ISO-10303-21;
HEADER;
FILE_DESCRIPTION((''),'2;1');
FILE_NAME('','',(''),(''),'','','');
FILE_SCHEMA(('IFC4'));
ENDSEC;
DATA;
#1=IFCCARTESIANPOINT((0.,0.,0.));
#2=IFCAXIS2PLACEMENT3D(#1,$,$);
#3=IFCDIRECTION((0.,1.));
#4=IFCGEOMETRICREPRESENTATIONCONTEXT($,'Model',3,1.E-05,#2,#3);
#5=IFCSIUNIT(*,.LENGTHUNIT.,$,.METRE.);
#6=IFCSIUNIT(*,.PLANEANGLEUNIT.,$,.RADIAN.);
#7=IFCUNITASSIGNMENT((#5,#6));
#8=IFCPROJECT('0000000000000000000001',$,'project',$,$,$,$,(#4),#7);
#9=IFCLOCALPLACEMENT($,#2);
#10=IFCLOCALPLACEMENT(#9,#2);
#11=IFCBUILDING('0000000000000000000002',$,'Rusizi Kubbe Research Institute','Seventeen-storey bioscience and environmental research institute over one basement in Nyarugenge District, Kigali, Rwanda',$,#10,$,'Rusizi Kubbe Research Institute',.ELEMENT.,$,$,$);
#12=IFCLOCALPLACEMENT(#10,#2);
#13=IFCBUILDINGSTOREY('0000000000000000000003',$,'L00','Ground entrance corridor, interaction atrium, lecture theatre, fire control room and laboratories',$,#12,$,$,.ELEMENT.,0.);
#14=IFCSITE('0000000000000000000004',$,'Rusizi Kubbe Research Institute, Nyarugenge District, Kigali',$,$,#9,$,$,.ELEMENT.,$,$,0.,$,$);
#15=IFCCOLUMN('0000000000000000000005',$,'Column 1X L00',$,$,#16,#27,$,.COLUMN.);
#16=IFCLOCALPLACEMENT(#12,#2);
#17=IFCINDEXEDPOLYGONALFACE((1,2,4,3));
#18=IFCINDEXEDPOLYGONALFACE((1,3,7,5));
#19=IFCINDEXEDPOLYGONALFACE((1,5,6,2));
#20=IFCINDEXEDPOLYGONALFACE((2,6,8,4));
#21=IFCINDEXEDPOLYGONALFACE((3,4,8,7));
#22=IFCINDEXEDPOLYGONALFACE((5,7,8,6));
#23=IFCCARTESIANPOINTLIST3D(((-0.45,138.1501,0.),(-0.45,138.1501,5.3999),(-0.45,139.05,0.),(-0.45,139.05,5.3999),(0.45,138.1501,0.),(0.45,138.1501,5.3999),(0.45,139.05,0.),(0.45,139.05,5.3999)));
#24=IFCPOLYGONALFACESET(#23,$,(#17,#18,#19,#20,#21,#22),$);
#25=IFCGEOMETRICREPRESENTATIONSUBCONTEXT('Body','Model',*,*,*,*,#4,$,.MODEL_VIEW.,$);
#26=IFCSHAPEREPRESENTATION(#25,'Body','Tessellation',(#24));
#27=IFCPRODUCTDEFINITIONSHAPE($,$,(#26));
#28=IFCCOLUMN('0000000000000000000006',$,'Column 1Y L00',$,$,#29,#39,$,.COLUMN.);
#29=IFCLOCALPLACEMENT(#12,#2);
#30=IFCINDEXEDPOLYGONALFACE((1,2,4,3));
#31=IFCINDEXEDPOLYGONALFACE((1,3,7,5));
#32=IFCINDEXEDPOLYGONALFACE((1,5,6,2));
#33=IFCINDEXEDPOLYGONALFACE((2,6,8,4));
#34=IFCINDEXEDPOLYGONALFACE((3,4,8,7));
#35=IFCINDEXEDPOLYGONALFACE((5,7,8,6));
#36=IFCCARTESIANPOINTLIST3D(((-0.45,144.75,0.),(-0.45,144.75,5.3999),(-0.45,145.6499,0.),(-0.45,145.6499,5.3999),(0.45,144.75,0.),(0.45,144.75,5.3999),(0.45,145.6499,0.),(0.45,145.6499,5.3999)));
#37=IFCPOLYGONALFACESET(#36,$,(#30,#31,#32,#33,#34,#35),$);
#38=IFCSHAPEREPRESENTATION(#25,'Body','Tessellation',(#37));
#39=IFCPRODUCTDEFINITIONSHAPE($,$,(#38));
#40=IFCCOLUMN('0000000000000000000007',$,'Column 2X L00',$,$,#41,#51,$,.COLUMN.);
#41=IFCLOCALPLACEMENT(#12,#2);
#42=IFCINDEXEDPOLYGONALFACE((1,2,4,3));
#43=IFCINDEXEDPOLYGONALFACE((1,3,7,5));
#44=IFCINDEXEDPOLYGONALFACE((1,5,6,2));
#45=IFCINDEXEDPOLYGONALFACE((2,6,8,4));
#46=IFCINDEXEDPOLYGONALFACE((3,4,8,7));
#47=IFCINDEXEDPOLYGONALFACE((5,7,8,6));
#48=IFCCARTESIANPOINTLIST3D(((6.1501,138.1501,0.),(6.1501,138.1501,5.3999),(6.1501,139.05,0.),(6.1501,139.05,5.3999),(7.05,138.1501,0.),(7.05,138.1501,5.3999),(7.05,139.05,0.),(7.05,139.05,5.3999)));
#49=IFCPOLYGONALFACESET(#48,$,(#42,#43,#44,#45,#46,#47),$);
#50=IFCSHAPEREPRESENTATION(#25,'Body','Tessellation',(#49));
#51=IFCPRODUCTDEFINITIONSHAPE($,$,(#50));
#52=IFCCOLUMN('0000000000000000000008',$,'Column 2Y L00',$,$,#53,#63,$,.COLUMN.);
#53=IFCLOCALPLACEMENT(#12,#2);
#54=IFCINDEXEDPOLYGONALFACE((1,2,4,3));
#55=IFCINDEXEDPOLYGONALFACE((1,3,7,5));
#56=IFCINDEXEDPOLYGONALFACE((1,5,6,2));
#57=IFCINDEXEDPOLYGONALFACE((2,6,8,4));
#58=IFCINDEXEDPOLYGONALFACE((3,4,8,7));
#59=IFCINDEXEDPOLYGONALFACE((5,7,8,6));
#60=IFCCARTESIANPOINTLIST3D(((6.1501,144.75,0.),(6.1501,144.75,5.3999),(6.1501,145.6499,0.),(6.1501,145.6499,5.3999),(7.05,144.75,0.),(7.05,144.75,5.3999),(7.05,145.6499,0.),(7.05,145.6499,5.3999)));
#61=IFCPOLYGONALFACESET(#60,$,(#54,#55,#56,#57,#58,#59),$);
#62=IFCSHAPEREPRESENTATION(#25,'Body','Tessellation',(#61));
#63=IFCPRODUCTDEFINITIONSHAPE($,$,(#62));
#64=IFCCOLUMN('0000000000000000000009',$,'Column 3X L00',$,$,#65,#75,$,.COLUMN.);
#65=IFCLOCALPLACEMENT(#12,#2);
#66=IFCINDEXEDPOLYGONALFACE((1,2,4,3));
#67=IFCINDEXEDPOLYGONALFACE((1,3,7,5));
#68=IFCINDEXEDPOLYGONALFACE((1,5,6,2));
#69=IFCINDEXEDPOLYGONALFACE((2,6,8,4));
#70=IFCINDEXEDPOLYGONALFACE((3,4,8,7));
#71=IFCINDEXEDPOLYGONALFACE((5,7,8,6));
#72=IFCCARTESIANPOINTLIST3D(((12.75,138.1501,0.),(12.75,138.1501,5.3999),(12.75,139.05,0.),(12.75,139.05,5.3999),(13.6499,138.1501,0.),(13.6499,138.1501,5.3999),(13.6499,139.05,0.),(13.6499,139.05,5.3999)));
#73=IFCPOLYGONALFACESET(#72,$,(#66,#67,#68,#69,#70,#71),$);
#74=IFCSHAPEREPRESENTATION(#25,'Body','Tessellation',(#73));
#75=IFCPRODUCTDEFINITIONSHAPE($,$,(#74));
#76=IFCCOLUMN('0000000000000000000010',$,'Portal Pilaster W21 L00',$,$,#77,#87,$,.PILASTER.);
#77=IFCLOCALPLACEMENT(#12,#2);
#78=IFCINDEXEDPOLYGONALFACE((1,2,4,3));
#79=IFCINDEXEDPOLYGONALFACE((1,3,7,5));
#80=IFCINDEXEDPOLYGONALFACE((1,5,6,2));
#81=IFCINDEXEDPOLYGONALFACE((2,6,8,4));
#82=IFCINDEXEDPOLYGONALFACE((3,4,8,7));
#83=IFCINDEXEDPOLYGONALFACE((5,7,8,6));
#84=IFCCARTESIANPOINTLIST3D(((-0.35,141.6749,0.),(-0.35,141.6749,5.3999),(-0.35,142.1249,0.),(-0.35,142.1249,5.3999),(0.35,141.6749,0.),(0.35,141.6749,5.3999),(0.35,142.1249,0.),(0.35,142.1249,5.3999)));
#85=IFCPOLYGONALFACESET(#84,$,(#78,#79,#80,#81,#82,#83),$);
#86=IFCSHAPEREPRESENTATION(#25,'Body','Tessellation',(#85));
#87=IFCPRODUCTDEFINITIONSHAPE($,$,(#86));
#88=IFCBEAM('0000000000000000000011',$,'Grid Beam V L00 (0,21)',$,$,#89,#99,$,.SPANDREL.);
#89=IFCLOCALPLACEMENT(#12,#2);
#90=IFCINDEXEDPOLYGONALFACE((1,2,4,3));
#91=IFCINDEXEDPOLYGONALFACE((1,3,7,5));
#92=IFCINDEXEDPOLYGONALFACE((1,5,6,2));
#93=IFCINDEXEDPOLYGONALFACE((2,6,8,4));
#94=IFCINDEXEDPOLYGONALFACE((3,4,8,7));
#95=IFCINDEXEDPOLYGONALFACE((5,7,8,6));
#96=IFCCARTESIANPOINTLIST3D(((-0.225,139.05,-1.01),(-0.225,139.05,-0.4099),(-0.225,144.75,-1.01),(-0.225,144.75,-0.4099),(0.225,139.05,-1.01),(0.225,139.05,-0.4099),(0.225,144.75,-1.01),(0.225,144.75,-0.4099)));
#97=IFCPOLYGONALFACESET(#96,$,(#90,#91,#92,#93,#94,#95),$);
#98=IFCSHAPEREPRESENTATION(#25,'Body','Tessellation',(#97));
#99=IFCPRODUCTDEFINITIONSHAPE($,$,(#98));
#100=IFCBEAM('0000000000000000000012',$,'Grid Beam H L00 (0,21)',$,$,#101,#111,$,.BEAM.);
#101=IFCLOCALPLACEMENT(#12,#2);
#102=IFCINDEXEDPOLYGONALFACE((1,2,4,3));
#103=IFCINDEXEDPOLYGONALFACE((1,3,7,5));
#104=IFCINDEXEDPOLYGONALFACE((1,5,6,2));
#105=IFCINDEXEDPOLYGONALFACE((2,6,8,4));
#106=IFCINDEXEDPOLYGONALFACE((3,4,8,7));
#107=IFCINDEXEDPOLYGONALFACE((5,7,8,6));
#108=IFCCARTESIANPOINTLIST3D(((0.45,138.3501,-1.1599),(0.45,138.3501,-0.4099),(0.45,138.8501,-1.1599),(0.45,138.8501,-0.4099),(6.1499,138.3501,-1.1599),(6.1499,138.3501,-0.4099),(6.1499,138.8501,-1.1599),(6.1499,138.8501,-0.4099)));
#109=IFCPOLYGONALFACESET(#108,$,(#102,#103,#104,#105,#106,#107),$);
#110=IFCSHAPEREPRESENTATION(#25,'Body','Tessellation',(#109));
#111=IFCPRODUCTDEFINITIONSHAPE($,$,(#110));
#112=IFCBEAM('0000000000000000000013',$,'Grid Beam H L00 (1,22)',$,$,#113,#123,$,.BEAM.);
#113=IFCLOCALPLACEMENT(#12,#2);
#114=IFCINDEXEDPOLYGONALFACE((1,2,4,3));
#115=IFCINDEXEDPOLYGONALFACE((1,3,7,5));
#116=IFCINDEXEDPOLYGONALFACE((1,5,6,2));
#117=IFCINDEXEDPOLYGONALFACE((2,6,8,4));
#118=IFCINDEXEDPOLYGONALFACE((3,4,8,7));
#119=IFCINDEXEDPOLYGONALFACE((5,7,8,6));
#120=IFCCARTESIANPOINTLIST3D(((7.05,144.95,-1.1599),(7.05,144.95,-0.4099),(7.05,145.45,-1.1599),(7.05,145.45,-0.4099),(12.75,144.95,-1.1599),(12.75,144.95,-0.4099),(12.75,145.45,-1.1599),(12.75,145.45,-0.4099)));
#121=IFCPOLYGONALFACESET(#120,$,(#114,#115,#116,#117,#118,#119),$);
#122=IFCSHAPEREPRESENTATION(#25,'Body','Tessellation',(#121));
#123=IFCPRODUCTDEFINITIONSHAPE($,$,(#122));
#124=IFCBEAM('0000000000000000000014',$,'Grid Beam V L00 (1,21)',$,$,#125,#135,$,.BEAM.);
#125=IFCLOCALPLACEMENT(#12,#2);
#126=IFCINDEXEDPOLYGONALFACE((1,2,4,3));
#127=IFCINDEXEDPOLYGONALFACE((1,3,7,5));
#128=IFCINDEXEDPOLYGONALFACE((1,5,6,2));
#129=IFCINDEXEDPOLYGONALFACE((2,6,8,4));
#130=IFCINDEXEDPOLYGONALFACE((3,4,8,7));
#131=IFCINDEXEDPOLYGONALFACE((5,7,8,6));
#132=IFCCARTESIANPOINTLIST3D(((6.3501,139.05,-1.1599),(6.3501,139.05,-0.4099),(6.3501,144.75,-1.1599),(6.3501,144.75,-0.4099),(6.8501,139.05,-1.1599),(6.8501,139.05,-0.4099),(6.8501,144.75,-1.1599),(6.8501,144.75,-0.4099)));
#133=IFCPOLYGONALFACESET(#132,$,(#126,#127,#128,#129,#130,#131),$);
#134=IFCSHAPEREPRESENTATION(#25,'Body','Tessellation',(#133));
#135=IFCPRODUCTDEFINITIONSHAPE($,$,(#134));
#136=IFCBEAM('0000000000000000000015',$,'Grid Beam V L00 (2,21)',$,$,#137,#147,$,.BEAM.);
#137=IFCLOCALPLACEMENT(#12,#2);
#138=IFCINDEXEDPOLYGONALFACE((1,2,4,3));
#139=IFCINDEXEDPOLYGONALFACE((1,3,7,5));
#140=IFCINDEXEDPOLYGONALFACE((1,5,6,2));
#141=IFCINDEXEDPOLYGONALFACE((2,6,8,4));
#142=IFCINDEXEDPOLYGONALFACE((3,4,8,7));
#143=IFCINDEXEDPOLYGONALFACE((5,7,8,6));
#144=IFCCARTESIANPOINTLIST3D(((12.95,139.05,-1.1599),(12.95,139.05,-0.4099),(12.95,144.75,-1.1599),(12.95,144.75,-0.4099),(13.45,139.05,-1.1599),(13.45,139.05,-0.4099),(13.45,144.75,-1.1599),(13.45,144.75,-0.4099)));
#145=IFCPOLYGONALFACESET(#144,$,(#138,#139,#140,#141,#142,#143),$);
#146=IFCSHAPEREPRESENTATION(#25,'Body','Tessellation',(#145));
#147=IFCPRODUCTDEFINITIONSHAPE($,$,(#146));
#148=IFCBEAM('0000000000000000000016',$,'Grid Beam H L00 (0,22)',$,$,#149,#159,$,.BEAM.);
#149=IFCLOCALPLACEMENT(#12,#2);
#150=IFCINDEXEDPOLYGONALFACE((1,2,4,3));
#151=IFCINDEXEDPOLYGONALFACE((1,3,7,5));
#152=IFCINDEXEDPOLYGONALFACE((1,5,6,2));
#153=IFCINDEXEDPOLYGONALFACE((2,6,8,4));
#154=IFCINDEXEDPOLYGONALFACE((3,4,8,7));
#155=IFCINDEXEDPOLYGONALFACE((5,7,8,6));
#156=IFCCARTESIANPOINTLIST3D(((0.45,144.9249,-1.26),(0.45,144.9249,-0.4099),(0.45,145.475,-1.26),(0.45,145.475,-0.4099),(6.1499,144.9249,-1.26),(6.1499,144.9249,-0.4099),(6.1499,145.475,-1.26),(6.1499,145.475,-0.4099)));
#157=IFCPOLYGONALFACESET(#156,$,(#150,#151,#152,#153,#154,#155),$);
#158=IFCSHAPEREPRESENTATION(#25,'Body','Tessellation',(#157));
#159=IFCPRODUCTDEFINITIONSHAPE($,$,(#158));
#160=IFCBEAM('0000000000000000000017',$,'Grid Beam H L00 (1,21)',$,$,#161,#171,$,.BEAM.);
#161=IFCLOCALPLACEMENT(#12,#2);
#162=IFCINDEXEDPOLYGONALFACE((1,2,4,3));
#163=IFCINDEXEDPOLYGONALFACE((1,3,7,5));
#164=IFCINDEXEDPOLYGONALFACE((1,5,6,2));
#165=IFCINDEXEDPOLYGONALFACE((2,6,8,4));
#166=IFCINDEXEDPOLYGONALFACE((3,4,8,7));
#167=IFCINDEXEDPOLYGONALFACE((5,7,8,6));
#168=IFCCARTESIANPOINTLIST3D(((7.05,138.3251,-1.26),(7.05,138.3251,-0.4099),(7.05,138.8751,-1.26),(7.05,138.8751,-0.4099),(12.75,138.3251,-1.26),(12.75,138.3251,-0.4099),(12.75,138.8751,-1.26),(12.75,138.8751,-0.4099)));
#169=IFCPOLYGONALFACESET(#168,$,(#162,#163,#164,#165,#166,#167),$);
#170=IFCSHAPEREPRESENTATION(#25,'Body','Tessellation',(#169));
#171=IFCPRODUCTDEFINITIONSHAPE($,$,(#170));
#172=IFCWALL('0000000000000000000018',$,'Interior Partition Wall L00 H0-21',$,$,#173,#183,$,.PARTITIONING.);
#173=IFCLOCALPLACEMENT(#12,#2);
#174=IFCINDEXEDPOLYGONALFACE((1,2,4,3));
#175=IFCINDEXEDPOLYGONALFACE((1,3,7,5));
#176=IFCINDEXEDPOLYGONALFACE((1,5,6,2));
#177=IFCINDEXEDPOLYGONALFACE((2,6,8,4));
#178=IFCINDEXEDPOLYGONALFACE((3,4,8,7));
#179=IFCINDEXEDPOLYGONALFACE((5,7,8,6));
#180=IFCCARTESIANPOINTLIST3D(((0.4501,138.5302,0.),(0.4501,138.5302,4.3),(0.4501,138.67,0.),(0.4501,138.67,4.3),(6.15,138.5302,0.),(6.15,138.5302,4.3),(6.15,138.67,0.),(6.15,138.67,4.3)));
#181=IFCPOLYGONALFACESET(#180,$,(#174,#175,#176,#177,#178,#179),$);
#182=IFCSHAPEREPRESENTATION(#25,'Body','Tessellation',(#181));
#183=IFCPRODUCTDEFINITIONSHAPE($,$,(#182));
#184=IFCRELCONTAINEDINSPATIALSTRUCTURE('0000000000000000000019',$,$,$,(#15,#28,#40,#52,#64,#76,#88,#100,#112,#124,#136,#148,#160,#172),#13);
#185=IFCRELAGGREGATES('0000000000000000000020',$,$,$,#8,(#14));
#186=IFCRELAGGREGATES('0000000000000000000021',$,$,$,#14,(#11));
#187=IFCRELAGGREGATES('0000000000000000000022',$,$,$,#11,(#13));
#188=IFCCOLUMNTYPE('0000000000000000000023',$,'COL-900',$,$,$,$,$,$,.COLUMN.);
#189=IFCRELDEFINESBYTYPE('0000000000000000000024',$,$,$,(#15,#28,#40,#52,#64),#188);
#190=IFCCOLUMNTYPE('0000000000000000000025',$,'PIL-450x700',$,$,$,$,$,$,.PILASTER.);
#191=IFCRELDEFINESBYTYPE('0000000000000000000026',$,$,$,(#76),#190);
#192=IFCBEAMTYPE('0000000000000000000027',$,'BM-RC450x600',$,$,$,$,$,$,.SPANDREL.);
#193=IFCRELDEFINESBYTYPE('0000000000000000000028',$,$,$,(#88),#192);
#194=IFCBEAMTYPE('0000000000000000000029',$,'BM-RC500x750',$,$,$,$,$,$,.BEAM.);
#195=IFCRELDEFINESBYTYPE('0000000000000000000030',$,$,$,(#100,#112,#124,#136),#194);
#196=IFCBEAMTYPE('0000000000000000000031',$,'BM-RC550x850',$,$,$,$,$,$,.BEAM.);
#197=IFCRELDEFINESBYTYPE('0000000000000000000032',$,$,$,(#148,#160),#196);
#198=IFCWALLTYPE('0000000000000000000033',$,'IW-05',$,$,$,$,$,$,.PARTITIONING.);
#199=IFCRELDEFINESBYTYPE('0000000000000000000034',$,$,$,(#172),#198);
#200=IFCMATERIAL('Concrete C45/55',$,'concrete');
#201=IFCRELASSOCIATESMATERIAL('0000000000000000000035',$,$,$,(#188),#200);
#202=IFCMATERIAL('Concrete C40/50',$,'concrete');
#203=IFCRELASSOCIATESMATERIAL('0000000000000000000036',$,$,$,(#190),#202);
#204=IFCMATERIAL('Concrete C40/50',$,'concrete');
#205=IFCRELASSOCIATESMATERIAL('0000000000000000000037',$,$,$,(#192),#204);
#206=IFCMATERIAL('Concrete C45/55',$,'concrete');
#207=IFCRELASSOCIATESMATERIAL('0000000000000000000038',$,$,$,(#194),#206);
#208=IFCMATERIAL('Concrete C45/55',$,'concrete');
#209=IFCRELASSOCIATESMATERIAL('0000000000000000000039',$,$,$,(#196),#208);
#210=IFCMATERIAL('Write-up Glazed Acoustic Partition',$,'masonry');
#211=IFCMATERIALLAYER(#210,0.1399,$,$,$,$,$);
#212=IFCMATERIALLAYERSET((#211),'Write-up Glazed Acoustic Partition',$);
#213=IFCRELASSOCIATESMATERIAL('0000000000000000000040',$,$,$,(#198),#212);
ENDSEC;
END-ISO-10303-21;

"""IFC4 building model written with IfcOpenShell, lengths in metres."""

from ifc_helpers import new_model, si_unit, direction, frame, frame_2d, origin, origin_2d, place, context, subcontext, project, spatial, rectangle, extrude, material, layer, layer_set, material_profile, profile_set, type_object, element, save


model = new_model("IFC4")

# Units and contexts
model_context = context("Model", 3, precision=1e-05, world=origin(), true_north=direction((0.0, 1.0)))
body_context = subcontext(model_context, "Body", "Model", "MODEL_VIEW")
ifc_project = project(units=[si_unit("LENGTHUNIT", "METRE"), si_unit("PLANEANGLEUNIT", "RADIAN")], contexts=[model_context])

# Site, building, storey
site_placement = place(None, origin())
site = spatial("IfcSite", under=ifc_project, at=site_placement, Name="Rusizi Kubbe Research Institute, Nyarugenge District, Kigali", CompositionType="ELEMENT", RefElevation=0.0)
building_placement = place(site_placement, origin())
building = spatial("IfcBuilding", under=site, at=building_placement, Name="Rusizi Kubbe Research Institute", Description="Seventeen-storey bioscience and environmental research institute over one basement in Nyarugenge District, Kigali, Rwanda", LongName="Rusizi Kubbe Research Institute", CompositionType="ELEMENT")
storey_placement = place(building_placement, origin())
storey = spatial("IfcBuildingStorey", under=building, at=storey_placement, Name="L00", Description="Ground entrance corridor, interaction atrium, lecture theatre, fire control room and laboratories", CompositionType="ELEMENT", Elevation=0.0)

# Columns
ifc_material_1 = material(Name="Concrete C45/55", Category="concrete")
ifc_material_profile_1 = material_profile(ifc_material_1, rectangle(XDim=0.8999, YDim=0.8999, at=origin_2d()), Name="RC900x900")
ifc_profile_set_1 = profile_set([ifc_material_profile_1], Name="Concrete C45/55")
column_type_1 = type_object("IfcColumnType", Name="COL-900", PredefinedType="COLUMN", material=ifc_profile_set_1)
for number, where, z_axis, x_axis, name in (
    (1, (0.0, 138.6001, 0.0), (0.0, 0.0, 1.0), (1.0, 0.0, 0.0), "Column 1X L00"),
    (2, (0.0, 145.2, 0.0), (0.0, 0.0, 1.0), (1.0, 0.0, 0.0), "Column 1Y L00"),
    (3, (6.6001, 138.6001, 0.0), (0.0, 0.0, 1.0), (1.0, 0.0, 0.0), "Column 2X L00"),
    (4, (6.6001, 145.2, 0.0), (0.0, 0.0, 1.0), (1.0, 0.0, 0.0), "Column 2Y L00"),
    (5, (13.2, 138.6001, 0.0), (0.0, 0.0, 1.0), (1.0, 0.0, 0.0), "Column 3X L00"),
):
    element("IfcColumn", number, at=place(storey_placement, frame(where, z_axis=z_axis, x_axis=x_axis)), inside=storey, type_object=column_type_1, Name=name, PredefinedType="COLUMN", context=body_context, shape_type="SweptSolid", body=[
        extrude(rectangle(XDim=0.8999, YDim=0.8999, at=origin_2d()), origin(), (0.0, 0.0, 1.0), 5.3999),
    ])
ifc_material_2 = material(Name="Concrete C40/50", Category="concrete")
ifc_material_profile_2 = material_profile(ifc_material_2, rectangle(XDim=0.45, YDim=0.7, at=origin_2d()), Name="RC450x700")
ifc_profile_set_2 = profile_set([ifc_material_profile_2], Name="Concrete C40/50")
column_type_2 = type_object("IfcColumnType", Name="PIL-450x700", PredefinedType="PILASTER", material=ifc_profile_set_2)
column_placement = place(storey_placement, frame((0.0, 141.8999, 0.0), z_axis=(0.0, 0.0, 1.0), x_axis=(0.0, 1.0, 0.0)))
element("IfcColumn", 6, at=column_placement, inside=storey, type_object=column_type_2, Name="Portal Pilaster W21 L00", PredefinedType="PILASTER", context=body_context, shape_type="SweptSolid", body=[
    extrude(rectangle(XDim=0.45, YDim=0.7, at=origin_2d()), origin(), (0.0, 0.0, 1.0), 5.3999),
])

# Beams
ifc_material_3 = material(Name="Concrete C40/50", Category="concrete")
ifc_material_profile_3 = material_profile(ifc_material_3, rectangle(XDim=0.45, YDim=0.6001, at=origin_2d()), Name="RC450x600")
ifc_profile_set_3 = profile_set([ifc_material_profile_3], Name="Concrete C40/50")
beam_type_1 = type_object("IfcBeamType", Name="BM-RC450x600", PredefinedType="SPANDREL", material=ifc_profile_set_3)
beam_placement = place(storey_placement, frame((0.0, 139.05, -0.71), z_axis=(0.0, 1.0, 0.0), x_axis=(-1.0, 0.0, 0.0)))
element("IfcBeam", 7, at=beam_placement, inside=storey, type_object=beam_type_1, Name="Grid Beam V L00 (0,21)", PredefinedType="SPANDREL", context=body_context, shape_type="SweptSolid", body=[
    extrude(rectangle(XDim=0.45, YDim=0.6001, at=origin_2d()), origin(), (0.0, 0.0, 1.0), 5.7),
])
ifc_material_4 = material(Name="Concrete C45/55", Category="concrete")
ifc_material_profile_4 = material_profile(ifc_material_4, rectangle(XDim=0.5, YDim=0.75, at=origin_2d()), Name="RC500x750B")
ifc_profile_set_4 = profile_set([ifc_material_profile_4], Name="Concrete C45/55")
beam_type_2 = type_object("IfcBeamType", Name="BM-RC500x750", PredefinedType="BEAM", material=ifc_profile_set_4)
for number, where, z_axis, x_axis, name in (
    (8, (0.45, 138.6001, -0.7849), (1.0, 0.0, 0.0), (0.0, 1.0, 0.0), "Grid Beam H L00 (0,21)"),
    (9, (7.05, 145.2, -0.7849), (1.0, 0.0, 0.0), (0.0, 1.0, 0.0), "Grid Beam H L00 (1,22)"),
    (10, (6.6001, 139.05, -0.7849), (0.0, 1.0, 0.0), (-1.0, 0.0, 0.0), "Grid Beam V L00 (1,21)"),
    (11, (13.2, 139.05, -0.7849), (0.0, 1.0, 0.0), (-1.0, 0.0, 0.0), "Grid Beam V L00 (2,21)"),
):
    element("IfcBeam", number, at=place(storey_placement, frame(where, z_axis=z_axis, x_axis=x_axis)), inside=storey, type_object=beam_type_2, Name=name, PredefinedType="BEAM", context=body_context, shape_type="SweptSolid", body=[
        extrude(rectangle(XDim=0.5, YDim=0.75, at=origin_2d()), origin(), (0.0, 0.0, 1.0), 5.7),
    ])
ifc_material_5 = material(Name="Concrete C45/55", Category="concrete")
ifc_material_profile_5 = material_profile(ifc_material_5, rectangle(XDim=0.55, YDim=0.8501, at=origin_2d()), Name="RC550x850")
ifc_profile_set_5 = profile_set([ifc_material_profile_5], Name="Concrete C45/55")
beam_type_3 = type_object("IfcBeamType", Name="BM-RC550x850", PredefinedType="BEAM", material=ifc_profile_set_5)
for number, where, z_axis, x_axis, name in (
    (12, (0.45, 145.2, -0.835), (1.0, 0.0, 0.0), (0.0, 1.0, 0.0), "Grid Beam H L00 (0,22)"),
    (13, (7.05, 138.6001, -0.835), (1.0, 0.0, 0.0), (0.0, 1.0, 0.0), "Grid Beam H L00 (1,21)"),
):
    element("IfcBeam", number, at=place(storey_placement, frame(where, z_axis=z_axis, x_axis=x_axis)), inside=storey, type_object=beam_type_3, Name=name, PredefinedType="BEAM", context=body_context, shape_type="SweptSolid", body=[
        extrude(rectangle(XDim=0.55, YDim=0.8501, at=origin_2d()), origin(), (0.0, 0.0, 1.0), 5.7),
    ])

# Wall
ifc_material_6 = material(Name="Write-up Glazed Acoustic Partition", Category="masonry")
ifc_layer_1 = layer(ifc_material_6, 0.1399)
ifc_layer_set_1 = layer_set([ifc_layer_1], Name="Write-up Glazed Acoustic Partition")
wall_type_1 = type_object("IfcWallType", Name="IW-05", PredefinedType="PARTITIONING", material=ifc_layer_set_1)
wall_1_placement = place(storey_placement, frame((0.45, 138.6001, 0.0), z_axis=(0.0, 0.0, 1.0), x_axis=(1.0, 0.0, 0.0)))
element("IfcWall", 14, at=wall_1_placement, inside=storey, type_object=wall_type_1, Name="Interior Partition Wall L00 H0-21", PredefinedType="PARTITIONING", context=body_context, shape_type="SweptSolid", body=[
    extrude(rectangle(XDim=5.7, YDim=0.1399, at=frame_2d((2.8501, 0.0))), origin(), (0.0, 0.0, 1.0), 4.3),
])

save(model, "model.ifc")
